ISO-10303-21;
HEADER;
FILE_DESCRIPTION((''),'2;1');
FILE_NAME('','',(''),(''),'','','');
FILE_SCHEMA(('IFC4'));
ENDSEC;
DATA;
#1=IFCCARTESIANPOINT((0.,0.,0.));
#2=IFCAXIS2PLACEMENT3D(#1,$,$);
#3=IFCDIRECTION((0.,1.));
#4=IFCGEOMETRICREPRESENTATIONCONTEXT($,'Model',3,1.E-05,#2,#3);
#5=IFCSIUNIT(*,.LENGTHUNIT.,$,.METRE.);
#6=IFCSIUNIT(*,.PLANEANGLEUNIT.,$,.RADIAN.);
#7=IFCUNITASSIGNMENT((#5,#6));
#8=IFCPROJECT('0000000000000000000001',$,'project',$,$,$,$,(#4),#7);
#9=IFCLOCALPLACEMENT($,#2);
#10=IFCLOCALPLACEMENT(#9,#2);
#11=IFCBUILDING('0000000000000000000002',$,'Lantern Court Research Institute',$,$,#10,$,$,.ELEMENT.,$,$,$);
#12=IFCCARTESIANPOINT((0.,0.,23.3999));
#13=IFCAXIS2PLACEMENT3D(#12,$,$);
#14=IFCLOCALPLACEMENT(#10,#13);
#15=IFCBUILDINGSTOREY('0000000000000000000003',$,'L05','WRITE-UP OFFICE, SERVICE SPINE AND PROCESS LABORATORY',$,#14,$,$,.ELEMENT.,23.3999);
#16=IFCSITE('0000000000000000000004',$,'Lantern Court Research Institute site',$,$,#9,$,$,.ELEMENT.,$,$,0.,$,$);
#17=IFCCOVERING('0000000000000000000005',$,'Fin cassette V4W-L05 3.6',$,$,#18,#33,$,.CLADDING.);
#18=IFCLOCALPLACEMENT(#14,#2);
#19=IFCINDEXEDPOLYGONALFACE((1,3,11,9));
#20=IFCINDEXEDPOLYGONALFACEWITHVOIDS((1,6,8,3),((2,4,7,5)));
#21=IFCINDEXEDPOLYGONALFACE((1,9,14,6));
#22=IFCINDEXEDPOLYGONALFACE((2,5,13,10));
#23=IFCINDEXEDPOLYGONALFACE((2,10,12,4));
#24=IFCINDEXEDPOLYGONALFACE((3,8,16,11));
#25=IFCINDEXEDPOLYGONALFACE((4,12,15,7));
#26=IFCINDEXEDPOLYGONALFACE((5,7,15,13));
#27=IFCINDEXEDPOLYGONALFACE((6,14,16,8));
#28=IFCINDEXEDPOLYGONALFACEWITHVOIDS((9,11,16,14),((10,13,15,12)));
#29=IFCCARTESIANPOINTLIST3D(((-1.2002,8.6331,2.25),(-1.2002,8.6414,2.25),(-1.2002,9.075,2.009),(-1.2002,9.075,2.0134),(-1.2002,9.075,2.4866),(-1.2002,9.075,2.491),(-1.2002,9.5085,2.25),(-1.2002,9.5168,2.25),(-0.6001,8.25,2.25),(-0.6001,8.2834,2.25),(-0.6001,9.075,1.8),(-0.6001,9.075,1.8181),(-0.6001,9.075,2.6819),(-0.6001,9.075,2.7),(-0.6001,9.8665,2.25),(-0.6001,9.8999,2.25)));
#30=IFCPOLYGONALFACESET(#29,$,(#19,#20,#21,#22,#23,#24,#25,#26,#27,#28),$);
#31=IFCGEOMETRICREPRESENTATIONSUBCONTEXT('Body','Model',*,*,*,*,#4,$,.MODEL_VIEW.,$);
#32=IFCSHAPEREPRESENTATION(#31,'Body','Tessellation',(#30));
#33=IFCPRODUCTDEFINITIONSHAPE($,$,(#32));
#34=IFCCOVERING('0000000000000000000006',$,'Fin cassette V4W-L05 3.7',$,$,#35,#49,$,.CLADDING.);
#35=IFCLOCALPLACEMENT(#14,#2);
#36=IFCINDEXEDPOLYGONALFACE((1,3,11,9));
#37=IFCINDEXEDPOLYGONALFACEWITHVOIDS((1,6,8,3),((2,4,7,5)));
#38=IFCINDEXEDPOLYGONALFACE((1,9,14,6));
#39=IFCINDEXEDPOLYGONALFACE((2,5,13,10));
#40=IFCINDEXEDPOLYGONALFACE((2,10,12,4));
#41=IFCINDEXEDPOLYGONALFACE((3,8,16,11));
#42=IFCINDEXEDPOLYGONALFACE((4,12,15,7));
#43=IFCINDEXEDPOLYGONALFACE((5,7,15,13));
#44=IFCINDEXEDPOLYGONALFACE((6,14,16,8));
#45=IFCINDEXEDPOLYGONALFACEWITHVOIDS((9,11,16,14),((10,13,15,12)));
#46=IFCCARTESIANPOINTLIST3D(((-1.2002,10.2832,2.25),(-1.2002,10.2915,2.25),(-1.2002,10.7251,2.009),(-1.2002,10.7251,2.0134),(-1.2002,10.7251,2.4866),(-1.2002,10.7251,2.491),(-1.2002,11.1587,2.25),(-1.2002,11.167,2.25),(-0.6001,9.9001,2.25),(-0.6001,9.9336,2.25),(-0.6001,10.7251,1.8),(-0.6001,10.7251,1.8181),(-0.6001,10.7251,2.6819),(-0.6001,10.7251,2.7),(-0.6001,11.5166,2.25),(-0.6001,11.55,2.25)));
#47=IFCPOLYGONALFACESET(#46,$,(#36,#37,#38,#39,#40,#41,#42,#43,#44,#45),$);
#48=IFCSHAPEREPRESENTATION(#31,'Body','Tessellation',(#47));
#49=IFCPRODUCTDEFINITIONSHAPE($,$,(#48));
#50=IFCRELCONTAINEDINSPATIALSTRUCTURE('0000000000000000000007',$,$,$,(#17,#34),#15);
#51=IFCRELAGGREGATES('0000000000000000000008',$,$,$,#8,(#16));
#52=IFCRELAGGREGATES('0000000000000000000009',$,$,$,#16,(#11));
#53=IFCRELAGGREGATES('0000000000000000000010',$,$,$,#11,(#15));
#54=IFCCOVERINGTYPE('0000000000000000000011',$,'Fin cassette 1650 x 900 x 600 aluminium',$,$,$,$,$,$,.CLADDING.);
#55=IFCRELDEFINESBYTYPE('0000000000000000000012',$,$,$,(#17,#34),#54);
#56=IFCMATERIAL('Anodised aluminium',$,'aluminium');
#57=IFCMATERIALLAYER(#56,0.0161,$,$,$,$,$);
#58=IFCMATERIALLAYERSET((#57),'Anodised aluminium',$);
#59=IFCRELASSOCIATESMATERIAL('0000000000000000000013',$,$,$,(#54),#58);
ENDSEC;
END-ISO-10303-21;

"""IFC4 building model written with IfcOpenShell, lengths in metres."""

from ifc_helpers import new_model, entity, si_unit, direction, frame, origin, place, context, subcontext, project, spatial, material, layer, layer_set, type_object, element, save


model = new_model("IFC4")

# Units and contexts
model_context = context("Model", 3, precision=1e-05, world=origin(), true_north=direction((0.0, 1.0)))
body_context = subcontext(model_context, "Body", "Model", "MODEL_VIEW")
ifc_project = project(units=[si_unit("LENGTHUNIT", "METRE"), si_unit("PLANEANGLEUNIT", "RADIAN")], contexts=[model_context])

# Site, building, storey
site_placement = place(None, origin())
site = spatial("IfcSite", under=ifc_project, at=site_placement, Name="Lantern Court Research Institute site", CompositionType="ELEMENT", RefElevation=0.0)
building_placement = place(site_placement, origin())
building = spatial("IfcBuilding", under=site, at=building_placement, Name="Lantern Court Research Institute", CompositionType="ELEMENT")
storey_placement = place(building_placement, frame((0.0, 0.0, 23.3999)))
storey = spatial("IfcBuildingStorey", under=building, at=storey_placement, Name="L05", Description="WRITE-UP OFFICE, SERVICE SPINE AND PROCESS LABORATORY", CompositionType="ELEMENT", Elevation=23.3999)

# Coverings
ifc_material_1 = material(Name="Anodised aluminium", Category="aluminium")
ifc_layer_1 = layer(ifc_material_1, 0.0161)
ifc_layer_set_1 = layer_set([ifc_layer_1], Name="Anodised aluminium")
covering_type = type_object("IfcCoveringType", Name="Fin cassette 1650 x 900 x 600 aluminium", PredefinedType="CLADDING", material=ifc_layer_set_1)
covering_1_placement = place(storey_placement, frame((-0.6001, 9.075, 2.25), z_axis=(-1.0, 0.0, 0.0), x_axis=(0.0, -1.0, 0.0)))
cartesian_point_1 = entity("IfcCartesianPoint", [0.825, 0.0])
cartesian_point_2 = entity("IfcCartesianPoint", [0.7915, 0.0])
cartesian_point_3 = entity("IfcCartesianPoint", [0.4419, 0.0])
cartesian_point_4 = entity("IfcCartesianPoint", [0.4336, 0.0])
element("IfcCovering", 1, at=covering_1_placement, inside=storey, type_object=covering_type, Name="Fin cassette V4W-L05 3.6", PredefinedType="CLADDING", context=body_context, shape_type="SweptSolid", body=[
    entity("IfcExtrudedAreaSolidTapered", entity("IfcArbitraryProfileDefWithVoids", "AREA", None, entity("IfcPolyline", [cartesian_point_1, entity("IfcCartesianPoint", [0.0, 0.45]), entity("IfcCartesianPoint", [-0.825, 0.0]), entity("IfcCartesianPoint", [0.0, -0.45]), cartesian_point_1]), [entity("IfcPolyline", [cartesian_point_2, entity("IfcCartesianPoint", [0.0, 0.4319]), entity("IfcCartesianPoint", [-0.7915, 0.0]), entity("IfcCartesianPoint", [0.0, -0.4319]), cartesian_point_2])]), entity("IfcAxis2Placement3D", entity("IfcCartesianPoint", [0.0, 0.0, 0.0])), entity("IfcDirection", [0.0, 0.0, 1.0]), 0.6001, entity("IfcArbitraryProfileDefWithVoids", "AREA", None, entity("IfcPolyline", [cartesian_point_3, entity("IfcCartesianPoint", [0.0, 0.241]), entity("IfcCartesianPoint", [-0.4419, 0.0]), entity("IfcCartesianPoint", [0.0, -0.241]), cartesian_point_3]), [entity("IfcPolyline", [cartesian_point_4, entity("IfcCartesianPoint", [0.0, 0.2366]), entity("IfcCartesianPoint", [-0.4336, 0.0]), entity("IfcCartesianPoint", [0.0, -0.2366]), cartesian_point_4])])),
])
covering_2_placement = place(storey_placement, frame((-0.6001, 10.7251, 2.25), z_axis=(-1.0, 0.0, 0.0), x_axis=(0.0, -1.0, 0.0)))
cartesian_point_5 = entity("IfcCartesianPoint", [0.825, 0.0])
cartesian_point_6 = entity("IfcCartesianPoint", [0.7915, 0.0])
cartesian_point_7 = entity("IfcCartesianPoint", [0.4419, 0.0])
cartesian_point_8 = entity("IfcCartesianPoint", [0.4336, 0.0])
element("IfcCovering", 2, at=covering_2_placement, inside=storey, type_object=covering_type, Name="Fin cassette V4W-L05 3.7", PredefinedType="CLADDING", context=body_context, shape_type="SweptSolid", body=[
    entity("IfcExtrudedAreaSolidTapered", entity("IfcArbitraryProfileDefWithVoids", "AREA", None, entity("IfcPolyline", [cartesian_point_5, entity("IfcCartesianPoint", [0.0, 0.45]), entity("IfcCartesianPoint", [-0.825, 0.0]), entity("IfcCartesianPoint", [0.0, -0.45]), cartesian_point_5]), [entity("IfcPolyline", [cartesian_point_6, entity("IfcCartesianPoint", [0.0, 0.4319]), entity("IfcCartesianPoint", [-0.7915, 0.0]), entity("IfcCartesianPoint", [0.0, -0.4319]), cartesian_point_6])]), entity("IfcAxis2Placement3D", entity("IfcCartesianPoint", [0.0, 0.0, 0.0])), entity("IfcDirection", [0.0, 0.0, 1.0]), 0.6001, entity("IfcArbitraryProfileDefWithVoids", "AREA", None, entity("IfcPolyline", [cartesian_point_7, entity("IfcCartesianPoint", [0.0, 0.241]), entity("IfcCartesianPoint", [-0.4419, 0.0]), entity("IfcCartesianPoint", [0.0, -0.241]), cartesian_point_7]), [entity("IfcPolyline", [cartesian_point_8, entity("IfcCartesianPoint", [0.0, 0.2366]), entity("IfcCartesianPoint", [-0.4336, 0.0]), entity("IfcCartesianPoint", [0.0, -0.2366]), cartesian_point_8])])),
])

save(model, "model.ifc")
